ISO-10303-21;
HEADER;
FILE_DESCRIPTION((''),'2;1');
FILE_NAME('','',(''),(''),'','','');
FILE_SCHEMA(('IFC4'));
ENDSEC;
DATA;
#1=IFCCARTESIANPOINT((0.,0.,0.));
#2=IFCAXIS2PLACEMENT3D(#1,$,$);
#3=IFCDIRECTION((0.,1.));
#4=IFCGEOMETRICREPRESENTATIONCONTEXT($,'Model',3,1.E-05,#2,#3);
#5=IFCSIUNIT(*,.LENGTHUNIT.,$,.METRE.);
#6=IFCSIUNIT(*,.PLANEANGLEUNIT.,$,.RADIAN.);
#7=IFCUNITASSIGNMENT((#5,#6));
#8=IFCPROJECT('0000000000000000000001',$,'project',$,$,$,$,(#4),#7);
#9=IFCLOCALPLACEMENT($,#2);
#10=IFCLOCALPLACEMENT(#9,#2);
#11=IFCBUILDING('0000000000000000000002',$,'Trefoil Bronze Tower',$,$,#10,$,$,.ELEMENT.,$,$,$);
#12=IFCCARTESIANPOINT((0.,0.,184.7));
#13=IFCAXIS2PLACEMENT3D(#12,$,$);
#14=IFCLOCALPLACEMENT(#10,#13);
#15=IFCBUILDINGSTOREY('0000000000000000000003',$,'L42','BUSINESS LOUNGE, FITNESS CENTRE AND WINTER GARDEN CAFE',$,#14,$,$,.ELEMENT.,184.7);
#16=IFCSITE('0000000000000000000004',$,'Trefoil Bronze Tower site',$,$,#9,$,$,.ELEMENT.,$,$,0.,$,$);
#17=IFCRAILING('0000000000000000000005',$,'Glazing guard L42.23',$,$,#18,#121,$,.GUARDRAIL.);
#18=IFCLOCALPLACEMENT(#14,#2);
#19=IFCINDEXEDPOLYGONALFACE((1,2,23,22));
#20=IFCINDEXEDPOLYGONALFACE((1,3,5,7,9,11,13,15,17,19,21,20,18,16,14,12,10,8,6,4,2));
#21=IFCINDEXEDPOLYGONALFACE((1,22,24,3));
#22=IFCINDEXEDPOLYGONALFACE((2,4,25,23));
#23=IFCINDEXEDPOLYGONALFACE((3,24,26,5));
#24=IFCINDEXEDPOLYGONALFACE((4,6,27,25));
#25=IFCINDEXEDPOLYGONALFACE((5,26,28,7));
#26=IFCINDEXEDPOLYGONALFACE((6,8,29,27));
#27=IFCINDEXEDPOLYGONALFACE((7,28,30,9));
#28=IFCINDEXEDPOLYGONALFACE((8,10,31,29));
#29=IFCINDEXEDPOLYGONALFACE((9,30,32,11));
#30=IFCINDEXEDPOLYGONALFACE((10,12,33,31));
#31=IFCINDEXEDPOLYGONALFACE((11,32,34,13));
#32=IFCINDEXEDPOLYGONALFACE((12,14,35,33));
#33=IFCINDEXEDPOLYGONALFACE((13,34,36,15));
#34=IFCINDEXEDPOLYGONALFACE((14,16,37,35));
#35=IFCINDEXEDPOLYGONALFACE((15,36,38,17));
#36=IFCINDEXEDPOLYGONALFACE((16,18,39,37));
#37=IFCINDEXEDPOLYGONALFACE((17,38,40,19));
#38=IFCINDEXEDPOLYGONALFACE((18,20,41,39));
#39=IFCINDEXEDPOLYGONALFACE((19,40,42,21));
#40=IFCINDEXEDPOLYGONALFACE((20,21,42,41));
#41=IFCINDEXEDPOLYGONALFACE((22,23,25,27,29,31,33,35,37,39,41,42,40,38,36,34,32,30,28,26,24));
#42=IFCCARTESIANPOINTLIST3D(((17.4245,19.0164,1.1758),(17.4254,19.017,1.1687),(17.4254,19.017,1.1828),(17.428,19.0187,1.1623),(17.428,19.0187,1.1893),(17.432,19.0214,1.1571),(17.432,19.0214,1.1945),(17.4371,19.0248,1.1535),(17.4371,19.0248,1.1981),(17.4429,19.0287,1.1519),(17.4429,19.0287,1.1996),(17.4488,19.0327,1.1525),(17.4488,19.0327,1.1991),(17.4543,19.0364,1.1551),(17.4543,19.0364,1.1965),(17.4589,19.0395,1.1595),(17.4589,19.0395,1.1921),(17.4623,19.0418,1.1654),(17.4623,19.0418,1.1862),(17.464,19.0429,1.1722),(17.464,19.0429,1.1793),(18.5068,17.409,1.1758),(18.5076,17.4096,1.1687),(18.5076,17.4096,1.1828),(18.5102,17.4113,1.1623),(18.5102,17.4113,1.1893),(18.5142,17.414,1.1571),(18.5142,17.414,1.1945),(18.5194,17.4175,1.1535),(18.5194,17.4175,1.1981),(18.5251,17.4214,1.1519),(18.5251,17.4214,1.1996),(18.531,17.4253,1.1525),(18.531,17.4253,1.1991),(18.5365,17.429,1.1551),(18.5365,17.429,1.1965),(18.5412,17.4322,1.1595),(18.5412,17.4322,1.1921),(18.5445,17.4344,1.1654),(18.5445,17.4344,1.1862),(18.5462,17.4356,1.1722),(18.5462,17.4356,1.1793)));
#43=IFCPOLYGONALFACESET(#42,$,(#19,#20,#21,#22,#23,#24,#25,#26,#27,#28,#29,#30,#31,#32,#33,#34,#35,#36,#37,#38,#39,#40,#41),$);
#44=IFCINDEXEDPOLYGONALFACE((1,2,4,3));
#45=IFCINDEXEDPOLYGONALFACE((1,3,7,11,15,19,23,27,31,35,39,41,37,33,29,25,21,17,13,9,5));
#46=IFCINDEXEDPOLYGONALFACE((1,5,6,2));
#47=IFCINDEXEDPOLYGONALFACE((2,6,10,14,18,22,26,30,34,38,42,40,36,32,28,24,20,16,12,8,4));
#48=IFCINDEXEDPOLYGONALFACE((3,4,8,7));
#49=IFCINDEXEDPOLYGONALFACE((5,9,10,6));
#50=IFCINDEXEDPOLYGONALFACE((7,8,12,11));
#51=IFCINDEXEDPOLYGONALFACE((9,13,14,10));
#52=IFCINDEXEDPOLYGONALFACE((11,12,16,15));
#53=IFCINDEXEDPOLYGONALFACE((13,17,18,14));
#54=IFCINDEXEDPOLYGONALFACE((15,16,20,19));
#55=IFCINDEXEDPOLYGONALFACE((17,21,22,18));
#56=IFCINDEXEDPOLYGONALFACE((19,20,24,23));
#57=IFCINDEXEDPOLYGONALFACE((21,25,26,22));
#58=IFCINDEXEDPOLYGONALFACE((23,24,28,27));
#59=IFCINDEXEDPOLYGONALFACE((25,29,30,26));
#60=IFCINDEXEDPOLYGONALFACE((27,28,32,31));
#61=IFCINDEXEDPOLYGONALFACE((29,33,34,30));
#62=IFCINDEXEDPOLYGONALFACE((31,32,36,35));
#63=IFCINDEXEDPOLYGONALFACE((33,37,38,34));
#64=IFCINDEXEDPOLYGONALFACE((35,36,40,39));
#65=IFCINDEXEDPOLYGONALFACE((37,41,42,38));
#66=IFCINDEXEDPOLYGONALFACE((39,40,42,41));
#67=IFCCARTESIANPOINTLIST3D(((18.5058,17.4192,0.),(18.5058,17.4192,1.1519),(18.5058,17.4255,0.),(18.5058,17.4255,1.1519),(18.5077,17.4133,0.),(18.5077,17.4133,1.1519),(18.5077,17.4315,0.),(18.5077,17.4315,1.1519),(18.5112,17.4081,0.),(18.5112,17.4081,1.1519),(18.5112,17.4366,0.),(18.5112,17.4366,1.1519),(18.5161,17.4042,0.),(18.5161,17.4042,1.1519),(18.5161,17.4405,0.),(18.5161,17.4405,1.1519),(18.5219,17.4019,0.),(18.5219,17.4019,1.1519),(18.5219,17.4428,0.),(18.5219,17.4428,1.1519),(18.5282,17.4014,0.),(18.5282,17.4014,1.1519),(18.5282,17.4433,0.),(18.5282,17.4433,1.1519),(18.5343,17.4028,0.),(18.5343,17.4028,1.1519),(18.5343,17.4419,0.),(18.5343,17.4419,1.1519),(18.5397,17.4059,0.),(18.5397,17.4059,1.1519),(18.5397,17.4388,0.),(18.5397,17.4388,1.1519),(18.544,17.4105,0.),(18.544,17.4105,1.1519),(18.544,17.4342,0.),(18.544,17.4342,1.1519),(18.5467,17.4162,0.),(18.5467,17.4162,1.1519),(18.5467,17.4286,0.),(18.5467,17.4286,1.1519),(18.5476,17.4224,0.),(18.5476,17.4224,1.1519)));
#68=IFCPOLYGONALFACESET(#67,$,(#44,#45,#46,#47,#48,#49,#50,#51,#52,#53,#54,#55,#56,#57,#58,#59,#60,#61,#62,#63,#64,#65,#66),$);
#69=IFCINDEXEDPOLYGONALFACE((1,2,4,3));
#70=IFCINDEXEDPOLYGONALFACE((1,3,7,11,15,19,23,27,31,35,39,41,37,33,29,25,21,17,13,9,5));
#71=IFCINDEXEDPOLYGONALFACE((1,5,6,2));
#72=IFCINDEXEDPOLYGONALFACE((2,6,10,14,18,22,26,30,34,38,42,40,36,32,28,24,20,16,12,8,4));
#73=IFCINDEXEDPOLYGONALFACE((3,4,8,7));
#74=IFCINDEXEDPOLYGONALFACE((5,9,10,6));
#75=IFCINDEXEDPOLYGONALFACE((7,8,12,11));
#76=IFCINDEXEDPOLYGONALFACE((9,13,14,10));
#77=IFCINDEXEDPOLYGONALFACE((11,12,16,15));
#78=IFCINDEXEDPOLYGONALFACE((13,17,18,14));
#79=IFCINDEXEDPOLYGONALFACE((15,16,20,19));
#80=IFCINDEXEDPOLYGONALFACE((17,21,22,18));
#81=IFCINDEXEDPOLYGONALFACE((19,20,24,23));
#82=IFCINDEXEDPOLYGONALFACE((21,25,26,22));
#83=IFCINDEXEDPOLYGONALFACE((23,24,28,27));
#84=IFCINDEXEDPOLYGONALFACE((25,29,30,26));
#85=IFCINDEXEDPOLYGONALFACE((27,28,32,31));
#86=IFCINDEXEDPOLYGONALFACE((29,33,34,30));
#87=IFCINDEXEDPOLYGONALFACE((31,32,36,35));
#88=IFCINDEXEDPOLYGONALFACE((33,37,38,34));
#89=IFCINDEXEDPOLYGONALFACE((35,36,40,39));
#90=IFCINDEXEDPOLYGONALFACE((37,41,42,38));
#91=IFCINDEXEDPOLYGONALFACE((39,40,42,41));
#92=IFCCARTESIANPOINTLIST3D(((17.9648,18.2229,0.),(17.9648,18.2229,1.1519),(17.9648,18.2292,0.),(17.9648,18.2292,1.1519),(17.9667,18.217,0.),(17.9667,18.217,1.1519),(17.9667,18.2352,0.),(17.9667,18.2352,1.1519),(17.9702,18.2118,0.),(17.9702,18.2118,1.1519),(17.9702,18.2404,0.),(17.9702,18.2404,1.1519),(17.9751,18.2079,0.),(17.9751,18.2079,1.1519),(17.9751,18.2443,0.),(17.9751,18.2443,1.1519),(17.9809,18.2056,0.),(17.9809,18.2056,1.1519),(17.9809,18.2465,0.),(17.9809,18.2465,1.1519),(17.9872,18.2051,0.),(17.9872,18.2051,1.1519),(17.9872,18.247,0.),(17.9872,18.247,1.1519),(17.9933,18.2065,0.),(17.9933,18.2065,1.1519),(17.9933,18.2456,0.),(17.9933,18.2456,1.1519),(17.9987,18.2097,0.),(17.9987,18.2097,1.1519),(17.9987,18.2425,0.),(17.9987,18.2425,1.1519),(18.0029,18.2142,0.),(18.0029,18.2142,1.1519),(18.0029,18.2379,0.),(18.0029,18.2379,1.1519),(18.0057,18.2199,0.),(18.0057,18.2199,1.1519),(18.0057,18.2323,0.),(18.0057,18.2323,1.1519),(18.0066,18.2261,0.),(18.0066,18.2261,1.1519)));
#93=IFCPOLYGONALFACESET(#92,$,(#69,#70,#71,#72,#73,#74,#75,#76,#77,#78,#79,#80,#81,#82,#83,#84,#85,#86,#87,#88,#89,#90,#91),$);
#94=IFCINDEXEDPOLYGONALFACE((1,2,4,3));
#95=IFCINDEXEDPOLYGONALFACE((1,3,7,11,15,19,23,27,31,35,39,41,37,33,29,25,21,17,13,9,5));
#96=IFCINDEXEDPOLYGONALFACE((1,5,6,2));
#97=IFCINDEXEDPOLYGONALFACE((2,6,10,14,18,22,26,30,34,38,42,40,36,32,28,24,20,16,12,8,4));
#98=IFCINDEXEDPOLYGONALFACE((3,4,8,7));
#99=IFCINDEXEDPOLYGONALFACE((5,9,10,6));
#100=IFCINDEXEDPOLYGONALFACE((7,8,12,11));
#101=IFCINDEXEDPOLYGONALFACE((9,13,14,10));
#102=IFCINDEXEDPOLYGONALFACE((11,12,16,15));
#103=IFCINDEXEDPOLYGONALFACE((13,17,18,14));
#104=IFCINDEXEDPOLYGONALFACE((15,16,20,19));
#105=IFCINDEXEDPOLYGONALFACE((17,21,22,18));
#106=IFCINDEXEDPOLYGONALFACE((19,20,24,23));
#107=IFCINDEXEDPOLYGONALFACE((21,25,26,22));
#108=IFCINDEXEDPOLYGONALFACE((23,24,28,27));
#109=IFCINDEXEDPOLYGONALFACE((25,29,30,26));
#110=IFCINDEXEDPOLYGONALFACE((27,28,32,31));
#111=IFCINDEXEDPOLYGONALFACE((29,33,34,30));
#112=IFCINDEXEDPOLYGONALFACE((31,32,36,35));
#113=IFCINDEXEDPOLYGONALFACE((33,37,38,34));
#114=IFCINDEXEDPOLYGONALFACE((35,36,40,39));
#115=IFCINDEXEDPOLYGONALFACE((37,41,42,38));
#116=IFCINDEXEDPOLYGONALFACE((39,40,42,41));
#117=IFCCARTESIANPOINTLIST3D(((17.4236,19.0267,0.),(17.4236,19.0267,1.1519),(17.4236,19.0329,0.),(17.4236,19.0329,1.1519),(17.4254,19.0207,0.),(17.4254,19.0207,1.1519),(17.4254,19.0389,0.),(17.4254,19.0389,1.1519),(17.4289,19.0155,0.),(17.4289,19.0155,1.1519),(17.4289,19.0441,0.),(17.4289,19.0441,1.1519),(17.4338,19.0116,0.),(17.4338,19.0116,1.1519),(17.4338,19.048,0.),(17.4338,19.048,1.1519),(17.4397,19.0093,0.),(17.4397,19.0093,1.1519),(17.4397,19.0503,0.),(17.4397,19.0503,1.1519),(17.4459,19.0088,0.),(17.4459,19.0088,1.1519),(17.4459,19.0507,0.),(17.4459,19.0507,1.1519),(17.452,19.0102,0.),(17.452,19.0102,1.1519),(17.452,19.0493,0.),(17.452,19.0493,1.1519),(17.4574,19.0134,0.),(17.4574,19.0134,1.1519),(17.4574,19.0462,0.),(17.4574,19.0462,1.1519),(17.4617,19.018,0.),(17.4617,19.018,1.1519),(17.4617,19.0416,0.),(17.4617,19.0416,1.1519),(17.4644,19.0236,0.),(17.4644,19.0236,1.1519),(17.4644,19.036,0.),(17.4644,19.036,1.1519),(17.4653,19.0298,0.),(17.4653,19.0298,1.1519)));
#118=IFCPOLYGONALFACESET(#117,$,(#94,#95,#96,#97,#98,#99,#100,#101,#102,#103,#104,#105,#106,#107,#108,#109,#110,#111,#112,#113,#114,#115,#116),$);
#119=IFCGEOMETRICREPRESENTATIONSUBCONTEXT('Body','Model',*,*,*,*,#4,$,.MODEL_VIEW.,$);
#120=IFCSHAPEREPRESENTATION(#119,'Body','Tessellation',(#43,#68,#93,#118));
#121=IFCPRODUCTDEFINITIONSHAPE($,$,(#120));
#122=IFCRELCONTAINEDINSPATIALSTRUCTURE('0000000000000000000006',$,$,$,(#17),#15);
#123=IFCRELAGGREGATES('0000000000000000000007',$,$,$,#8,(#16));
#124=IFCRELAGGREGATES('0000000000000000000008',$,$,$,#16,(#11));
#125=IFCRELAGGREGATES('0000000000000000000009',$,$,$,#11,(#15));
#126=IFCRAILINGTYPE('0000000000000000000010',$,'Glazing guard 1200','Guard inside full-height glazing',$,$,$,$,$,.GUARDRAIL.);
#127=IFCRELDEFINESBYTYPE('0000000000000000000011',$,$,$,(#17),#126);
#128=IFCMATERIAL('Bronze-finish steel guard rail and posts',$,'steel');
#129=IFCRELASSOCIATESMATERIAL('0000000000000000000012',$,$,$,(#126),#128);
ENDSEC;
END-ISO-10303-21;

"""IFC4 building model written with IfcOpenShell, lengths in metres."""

from ifc_helpers import new_model, si_unit, direction, frame, origin, origin_2d, place, context, subcontext, project, spatial, circle, extrude, material, type_object, element, save


model = new_model("IFC4")

# Units and contexts
model_context = context("Model", 3, precision=1e-05, world=origin(), true_north=direction((0.0, 1.0)))
body_context = subcontext(model_context, "Body", "Model", "MODEL_VIEW")
ifc_project = project(units=[si_unit("LENGTHUNIT", "METRE"), si_unit("PLANEANGLEUNIT", "RADIAN")], contexts=[model_context])

# Site, building, storey
site_placement = place(None, origin())
site = spatial("IfcSite", under=ifc_project, at=site_placement, Name="Trefoil Bronze Tower site", CompositionType="ELEMENT", RefElevation=0.0)
building_placement = place(site_placement, origin())
building = spatial("IfcBuilding", under=site, at=building_placement, Name="Trefoil Bronze Tower", CompositionType="ELEMENT")
storey_placement = place(building_placement, frame((0.0, 0.0, 184.7)))
storey = spatial("IfcBuildingStorey", under=building, at=storey_placement, Name="L42", Description="BUSINESS LOUNGE, FITNESS CENTRE AND WINTER GARDEN CAFE", CompositionType="ELEMENT", Elevation=184.7)

# Railing
ifc_material_1 = material(Name="Bronze-finish steel guard rail and posts", Category="steel")
railing_type_1 = type_object("IfcRailingType", Name="Glazing guard 1200", Description="Guard inside full-height glazing", PredefinedType="GUARDRAIL", material=ifc_material_1)
railing_1_placement = place(storey_placement, frame((18.5266, 17.4224, 0.0)))
element("IfcRailing", 1, at=railing_1_placement, inside=storey, type_object=railing_type_1, Name="Glazing guard L42.23", PredefinedType="GUARDRAIL", context=body_context, shape_type="SweptSolid", body=[
    extrude(circle(Radius=0.0239, at=origin_2d()), frame((0.0, 0.0, 1.1758), z_axis=(-0.558503, 0.829502, 0.0), x_axis=(-0.829502, -0.558503, 0.0)), (0.0, 0.0, 1.0), 1.9377),
    extrude(circle(Radius=0.021, at=origin_2d()), origin(), (0.0, 0.0, 1.0), 1.1519),
    extrude(circle(Radius=0.021, at=origin_2d()), frame((-0.541, 0.8037, 0.0)), (0.0, 0.0, 1.0), 1.1519),
    extrude(circle(Radius=0.021, at=origin_2d()), frame((-1.0823, 1.6074, 0.0)), (0.0, 0.0, 1.0), 1.1519),
])

save(model, "model.ifc")
